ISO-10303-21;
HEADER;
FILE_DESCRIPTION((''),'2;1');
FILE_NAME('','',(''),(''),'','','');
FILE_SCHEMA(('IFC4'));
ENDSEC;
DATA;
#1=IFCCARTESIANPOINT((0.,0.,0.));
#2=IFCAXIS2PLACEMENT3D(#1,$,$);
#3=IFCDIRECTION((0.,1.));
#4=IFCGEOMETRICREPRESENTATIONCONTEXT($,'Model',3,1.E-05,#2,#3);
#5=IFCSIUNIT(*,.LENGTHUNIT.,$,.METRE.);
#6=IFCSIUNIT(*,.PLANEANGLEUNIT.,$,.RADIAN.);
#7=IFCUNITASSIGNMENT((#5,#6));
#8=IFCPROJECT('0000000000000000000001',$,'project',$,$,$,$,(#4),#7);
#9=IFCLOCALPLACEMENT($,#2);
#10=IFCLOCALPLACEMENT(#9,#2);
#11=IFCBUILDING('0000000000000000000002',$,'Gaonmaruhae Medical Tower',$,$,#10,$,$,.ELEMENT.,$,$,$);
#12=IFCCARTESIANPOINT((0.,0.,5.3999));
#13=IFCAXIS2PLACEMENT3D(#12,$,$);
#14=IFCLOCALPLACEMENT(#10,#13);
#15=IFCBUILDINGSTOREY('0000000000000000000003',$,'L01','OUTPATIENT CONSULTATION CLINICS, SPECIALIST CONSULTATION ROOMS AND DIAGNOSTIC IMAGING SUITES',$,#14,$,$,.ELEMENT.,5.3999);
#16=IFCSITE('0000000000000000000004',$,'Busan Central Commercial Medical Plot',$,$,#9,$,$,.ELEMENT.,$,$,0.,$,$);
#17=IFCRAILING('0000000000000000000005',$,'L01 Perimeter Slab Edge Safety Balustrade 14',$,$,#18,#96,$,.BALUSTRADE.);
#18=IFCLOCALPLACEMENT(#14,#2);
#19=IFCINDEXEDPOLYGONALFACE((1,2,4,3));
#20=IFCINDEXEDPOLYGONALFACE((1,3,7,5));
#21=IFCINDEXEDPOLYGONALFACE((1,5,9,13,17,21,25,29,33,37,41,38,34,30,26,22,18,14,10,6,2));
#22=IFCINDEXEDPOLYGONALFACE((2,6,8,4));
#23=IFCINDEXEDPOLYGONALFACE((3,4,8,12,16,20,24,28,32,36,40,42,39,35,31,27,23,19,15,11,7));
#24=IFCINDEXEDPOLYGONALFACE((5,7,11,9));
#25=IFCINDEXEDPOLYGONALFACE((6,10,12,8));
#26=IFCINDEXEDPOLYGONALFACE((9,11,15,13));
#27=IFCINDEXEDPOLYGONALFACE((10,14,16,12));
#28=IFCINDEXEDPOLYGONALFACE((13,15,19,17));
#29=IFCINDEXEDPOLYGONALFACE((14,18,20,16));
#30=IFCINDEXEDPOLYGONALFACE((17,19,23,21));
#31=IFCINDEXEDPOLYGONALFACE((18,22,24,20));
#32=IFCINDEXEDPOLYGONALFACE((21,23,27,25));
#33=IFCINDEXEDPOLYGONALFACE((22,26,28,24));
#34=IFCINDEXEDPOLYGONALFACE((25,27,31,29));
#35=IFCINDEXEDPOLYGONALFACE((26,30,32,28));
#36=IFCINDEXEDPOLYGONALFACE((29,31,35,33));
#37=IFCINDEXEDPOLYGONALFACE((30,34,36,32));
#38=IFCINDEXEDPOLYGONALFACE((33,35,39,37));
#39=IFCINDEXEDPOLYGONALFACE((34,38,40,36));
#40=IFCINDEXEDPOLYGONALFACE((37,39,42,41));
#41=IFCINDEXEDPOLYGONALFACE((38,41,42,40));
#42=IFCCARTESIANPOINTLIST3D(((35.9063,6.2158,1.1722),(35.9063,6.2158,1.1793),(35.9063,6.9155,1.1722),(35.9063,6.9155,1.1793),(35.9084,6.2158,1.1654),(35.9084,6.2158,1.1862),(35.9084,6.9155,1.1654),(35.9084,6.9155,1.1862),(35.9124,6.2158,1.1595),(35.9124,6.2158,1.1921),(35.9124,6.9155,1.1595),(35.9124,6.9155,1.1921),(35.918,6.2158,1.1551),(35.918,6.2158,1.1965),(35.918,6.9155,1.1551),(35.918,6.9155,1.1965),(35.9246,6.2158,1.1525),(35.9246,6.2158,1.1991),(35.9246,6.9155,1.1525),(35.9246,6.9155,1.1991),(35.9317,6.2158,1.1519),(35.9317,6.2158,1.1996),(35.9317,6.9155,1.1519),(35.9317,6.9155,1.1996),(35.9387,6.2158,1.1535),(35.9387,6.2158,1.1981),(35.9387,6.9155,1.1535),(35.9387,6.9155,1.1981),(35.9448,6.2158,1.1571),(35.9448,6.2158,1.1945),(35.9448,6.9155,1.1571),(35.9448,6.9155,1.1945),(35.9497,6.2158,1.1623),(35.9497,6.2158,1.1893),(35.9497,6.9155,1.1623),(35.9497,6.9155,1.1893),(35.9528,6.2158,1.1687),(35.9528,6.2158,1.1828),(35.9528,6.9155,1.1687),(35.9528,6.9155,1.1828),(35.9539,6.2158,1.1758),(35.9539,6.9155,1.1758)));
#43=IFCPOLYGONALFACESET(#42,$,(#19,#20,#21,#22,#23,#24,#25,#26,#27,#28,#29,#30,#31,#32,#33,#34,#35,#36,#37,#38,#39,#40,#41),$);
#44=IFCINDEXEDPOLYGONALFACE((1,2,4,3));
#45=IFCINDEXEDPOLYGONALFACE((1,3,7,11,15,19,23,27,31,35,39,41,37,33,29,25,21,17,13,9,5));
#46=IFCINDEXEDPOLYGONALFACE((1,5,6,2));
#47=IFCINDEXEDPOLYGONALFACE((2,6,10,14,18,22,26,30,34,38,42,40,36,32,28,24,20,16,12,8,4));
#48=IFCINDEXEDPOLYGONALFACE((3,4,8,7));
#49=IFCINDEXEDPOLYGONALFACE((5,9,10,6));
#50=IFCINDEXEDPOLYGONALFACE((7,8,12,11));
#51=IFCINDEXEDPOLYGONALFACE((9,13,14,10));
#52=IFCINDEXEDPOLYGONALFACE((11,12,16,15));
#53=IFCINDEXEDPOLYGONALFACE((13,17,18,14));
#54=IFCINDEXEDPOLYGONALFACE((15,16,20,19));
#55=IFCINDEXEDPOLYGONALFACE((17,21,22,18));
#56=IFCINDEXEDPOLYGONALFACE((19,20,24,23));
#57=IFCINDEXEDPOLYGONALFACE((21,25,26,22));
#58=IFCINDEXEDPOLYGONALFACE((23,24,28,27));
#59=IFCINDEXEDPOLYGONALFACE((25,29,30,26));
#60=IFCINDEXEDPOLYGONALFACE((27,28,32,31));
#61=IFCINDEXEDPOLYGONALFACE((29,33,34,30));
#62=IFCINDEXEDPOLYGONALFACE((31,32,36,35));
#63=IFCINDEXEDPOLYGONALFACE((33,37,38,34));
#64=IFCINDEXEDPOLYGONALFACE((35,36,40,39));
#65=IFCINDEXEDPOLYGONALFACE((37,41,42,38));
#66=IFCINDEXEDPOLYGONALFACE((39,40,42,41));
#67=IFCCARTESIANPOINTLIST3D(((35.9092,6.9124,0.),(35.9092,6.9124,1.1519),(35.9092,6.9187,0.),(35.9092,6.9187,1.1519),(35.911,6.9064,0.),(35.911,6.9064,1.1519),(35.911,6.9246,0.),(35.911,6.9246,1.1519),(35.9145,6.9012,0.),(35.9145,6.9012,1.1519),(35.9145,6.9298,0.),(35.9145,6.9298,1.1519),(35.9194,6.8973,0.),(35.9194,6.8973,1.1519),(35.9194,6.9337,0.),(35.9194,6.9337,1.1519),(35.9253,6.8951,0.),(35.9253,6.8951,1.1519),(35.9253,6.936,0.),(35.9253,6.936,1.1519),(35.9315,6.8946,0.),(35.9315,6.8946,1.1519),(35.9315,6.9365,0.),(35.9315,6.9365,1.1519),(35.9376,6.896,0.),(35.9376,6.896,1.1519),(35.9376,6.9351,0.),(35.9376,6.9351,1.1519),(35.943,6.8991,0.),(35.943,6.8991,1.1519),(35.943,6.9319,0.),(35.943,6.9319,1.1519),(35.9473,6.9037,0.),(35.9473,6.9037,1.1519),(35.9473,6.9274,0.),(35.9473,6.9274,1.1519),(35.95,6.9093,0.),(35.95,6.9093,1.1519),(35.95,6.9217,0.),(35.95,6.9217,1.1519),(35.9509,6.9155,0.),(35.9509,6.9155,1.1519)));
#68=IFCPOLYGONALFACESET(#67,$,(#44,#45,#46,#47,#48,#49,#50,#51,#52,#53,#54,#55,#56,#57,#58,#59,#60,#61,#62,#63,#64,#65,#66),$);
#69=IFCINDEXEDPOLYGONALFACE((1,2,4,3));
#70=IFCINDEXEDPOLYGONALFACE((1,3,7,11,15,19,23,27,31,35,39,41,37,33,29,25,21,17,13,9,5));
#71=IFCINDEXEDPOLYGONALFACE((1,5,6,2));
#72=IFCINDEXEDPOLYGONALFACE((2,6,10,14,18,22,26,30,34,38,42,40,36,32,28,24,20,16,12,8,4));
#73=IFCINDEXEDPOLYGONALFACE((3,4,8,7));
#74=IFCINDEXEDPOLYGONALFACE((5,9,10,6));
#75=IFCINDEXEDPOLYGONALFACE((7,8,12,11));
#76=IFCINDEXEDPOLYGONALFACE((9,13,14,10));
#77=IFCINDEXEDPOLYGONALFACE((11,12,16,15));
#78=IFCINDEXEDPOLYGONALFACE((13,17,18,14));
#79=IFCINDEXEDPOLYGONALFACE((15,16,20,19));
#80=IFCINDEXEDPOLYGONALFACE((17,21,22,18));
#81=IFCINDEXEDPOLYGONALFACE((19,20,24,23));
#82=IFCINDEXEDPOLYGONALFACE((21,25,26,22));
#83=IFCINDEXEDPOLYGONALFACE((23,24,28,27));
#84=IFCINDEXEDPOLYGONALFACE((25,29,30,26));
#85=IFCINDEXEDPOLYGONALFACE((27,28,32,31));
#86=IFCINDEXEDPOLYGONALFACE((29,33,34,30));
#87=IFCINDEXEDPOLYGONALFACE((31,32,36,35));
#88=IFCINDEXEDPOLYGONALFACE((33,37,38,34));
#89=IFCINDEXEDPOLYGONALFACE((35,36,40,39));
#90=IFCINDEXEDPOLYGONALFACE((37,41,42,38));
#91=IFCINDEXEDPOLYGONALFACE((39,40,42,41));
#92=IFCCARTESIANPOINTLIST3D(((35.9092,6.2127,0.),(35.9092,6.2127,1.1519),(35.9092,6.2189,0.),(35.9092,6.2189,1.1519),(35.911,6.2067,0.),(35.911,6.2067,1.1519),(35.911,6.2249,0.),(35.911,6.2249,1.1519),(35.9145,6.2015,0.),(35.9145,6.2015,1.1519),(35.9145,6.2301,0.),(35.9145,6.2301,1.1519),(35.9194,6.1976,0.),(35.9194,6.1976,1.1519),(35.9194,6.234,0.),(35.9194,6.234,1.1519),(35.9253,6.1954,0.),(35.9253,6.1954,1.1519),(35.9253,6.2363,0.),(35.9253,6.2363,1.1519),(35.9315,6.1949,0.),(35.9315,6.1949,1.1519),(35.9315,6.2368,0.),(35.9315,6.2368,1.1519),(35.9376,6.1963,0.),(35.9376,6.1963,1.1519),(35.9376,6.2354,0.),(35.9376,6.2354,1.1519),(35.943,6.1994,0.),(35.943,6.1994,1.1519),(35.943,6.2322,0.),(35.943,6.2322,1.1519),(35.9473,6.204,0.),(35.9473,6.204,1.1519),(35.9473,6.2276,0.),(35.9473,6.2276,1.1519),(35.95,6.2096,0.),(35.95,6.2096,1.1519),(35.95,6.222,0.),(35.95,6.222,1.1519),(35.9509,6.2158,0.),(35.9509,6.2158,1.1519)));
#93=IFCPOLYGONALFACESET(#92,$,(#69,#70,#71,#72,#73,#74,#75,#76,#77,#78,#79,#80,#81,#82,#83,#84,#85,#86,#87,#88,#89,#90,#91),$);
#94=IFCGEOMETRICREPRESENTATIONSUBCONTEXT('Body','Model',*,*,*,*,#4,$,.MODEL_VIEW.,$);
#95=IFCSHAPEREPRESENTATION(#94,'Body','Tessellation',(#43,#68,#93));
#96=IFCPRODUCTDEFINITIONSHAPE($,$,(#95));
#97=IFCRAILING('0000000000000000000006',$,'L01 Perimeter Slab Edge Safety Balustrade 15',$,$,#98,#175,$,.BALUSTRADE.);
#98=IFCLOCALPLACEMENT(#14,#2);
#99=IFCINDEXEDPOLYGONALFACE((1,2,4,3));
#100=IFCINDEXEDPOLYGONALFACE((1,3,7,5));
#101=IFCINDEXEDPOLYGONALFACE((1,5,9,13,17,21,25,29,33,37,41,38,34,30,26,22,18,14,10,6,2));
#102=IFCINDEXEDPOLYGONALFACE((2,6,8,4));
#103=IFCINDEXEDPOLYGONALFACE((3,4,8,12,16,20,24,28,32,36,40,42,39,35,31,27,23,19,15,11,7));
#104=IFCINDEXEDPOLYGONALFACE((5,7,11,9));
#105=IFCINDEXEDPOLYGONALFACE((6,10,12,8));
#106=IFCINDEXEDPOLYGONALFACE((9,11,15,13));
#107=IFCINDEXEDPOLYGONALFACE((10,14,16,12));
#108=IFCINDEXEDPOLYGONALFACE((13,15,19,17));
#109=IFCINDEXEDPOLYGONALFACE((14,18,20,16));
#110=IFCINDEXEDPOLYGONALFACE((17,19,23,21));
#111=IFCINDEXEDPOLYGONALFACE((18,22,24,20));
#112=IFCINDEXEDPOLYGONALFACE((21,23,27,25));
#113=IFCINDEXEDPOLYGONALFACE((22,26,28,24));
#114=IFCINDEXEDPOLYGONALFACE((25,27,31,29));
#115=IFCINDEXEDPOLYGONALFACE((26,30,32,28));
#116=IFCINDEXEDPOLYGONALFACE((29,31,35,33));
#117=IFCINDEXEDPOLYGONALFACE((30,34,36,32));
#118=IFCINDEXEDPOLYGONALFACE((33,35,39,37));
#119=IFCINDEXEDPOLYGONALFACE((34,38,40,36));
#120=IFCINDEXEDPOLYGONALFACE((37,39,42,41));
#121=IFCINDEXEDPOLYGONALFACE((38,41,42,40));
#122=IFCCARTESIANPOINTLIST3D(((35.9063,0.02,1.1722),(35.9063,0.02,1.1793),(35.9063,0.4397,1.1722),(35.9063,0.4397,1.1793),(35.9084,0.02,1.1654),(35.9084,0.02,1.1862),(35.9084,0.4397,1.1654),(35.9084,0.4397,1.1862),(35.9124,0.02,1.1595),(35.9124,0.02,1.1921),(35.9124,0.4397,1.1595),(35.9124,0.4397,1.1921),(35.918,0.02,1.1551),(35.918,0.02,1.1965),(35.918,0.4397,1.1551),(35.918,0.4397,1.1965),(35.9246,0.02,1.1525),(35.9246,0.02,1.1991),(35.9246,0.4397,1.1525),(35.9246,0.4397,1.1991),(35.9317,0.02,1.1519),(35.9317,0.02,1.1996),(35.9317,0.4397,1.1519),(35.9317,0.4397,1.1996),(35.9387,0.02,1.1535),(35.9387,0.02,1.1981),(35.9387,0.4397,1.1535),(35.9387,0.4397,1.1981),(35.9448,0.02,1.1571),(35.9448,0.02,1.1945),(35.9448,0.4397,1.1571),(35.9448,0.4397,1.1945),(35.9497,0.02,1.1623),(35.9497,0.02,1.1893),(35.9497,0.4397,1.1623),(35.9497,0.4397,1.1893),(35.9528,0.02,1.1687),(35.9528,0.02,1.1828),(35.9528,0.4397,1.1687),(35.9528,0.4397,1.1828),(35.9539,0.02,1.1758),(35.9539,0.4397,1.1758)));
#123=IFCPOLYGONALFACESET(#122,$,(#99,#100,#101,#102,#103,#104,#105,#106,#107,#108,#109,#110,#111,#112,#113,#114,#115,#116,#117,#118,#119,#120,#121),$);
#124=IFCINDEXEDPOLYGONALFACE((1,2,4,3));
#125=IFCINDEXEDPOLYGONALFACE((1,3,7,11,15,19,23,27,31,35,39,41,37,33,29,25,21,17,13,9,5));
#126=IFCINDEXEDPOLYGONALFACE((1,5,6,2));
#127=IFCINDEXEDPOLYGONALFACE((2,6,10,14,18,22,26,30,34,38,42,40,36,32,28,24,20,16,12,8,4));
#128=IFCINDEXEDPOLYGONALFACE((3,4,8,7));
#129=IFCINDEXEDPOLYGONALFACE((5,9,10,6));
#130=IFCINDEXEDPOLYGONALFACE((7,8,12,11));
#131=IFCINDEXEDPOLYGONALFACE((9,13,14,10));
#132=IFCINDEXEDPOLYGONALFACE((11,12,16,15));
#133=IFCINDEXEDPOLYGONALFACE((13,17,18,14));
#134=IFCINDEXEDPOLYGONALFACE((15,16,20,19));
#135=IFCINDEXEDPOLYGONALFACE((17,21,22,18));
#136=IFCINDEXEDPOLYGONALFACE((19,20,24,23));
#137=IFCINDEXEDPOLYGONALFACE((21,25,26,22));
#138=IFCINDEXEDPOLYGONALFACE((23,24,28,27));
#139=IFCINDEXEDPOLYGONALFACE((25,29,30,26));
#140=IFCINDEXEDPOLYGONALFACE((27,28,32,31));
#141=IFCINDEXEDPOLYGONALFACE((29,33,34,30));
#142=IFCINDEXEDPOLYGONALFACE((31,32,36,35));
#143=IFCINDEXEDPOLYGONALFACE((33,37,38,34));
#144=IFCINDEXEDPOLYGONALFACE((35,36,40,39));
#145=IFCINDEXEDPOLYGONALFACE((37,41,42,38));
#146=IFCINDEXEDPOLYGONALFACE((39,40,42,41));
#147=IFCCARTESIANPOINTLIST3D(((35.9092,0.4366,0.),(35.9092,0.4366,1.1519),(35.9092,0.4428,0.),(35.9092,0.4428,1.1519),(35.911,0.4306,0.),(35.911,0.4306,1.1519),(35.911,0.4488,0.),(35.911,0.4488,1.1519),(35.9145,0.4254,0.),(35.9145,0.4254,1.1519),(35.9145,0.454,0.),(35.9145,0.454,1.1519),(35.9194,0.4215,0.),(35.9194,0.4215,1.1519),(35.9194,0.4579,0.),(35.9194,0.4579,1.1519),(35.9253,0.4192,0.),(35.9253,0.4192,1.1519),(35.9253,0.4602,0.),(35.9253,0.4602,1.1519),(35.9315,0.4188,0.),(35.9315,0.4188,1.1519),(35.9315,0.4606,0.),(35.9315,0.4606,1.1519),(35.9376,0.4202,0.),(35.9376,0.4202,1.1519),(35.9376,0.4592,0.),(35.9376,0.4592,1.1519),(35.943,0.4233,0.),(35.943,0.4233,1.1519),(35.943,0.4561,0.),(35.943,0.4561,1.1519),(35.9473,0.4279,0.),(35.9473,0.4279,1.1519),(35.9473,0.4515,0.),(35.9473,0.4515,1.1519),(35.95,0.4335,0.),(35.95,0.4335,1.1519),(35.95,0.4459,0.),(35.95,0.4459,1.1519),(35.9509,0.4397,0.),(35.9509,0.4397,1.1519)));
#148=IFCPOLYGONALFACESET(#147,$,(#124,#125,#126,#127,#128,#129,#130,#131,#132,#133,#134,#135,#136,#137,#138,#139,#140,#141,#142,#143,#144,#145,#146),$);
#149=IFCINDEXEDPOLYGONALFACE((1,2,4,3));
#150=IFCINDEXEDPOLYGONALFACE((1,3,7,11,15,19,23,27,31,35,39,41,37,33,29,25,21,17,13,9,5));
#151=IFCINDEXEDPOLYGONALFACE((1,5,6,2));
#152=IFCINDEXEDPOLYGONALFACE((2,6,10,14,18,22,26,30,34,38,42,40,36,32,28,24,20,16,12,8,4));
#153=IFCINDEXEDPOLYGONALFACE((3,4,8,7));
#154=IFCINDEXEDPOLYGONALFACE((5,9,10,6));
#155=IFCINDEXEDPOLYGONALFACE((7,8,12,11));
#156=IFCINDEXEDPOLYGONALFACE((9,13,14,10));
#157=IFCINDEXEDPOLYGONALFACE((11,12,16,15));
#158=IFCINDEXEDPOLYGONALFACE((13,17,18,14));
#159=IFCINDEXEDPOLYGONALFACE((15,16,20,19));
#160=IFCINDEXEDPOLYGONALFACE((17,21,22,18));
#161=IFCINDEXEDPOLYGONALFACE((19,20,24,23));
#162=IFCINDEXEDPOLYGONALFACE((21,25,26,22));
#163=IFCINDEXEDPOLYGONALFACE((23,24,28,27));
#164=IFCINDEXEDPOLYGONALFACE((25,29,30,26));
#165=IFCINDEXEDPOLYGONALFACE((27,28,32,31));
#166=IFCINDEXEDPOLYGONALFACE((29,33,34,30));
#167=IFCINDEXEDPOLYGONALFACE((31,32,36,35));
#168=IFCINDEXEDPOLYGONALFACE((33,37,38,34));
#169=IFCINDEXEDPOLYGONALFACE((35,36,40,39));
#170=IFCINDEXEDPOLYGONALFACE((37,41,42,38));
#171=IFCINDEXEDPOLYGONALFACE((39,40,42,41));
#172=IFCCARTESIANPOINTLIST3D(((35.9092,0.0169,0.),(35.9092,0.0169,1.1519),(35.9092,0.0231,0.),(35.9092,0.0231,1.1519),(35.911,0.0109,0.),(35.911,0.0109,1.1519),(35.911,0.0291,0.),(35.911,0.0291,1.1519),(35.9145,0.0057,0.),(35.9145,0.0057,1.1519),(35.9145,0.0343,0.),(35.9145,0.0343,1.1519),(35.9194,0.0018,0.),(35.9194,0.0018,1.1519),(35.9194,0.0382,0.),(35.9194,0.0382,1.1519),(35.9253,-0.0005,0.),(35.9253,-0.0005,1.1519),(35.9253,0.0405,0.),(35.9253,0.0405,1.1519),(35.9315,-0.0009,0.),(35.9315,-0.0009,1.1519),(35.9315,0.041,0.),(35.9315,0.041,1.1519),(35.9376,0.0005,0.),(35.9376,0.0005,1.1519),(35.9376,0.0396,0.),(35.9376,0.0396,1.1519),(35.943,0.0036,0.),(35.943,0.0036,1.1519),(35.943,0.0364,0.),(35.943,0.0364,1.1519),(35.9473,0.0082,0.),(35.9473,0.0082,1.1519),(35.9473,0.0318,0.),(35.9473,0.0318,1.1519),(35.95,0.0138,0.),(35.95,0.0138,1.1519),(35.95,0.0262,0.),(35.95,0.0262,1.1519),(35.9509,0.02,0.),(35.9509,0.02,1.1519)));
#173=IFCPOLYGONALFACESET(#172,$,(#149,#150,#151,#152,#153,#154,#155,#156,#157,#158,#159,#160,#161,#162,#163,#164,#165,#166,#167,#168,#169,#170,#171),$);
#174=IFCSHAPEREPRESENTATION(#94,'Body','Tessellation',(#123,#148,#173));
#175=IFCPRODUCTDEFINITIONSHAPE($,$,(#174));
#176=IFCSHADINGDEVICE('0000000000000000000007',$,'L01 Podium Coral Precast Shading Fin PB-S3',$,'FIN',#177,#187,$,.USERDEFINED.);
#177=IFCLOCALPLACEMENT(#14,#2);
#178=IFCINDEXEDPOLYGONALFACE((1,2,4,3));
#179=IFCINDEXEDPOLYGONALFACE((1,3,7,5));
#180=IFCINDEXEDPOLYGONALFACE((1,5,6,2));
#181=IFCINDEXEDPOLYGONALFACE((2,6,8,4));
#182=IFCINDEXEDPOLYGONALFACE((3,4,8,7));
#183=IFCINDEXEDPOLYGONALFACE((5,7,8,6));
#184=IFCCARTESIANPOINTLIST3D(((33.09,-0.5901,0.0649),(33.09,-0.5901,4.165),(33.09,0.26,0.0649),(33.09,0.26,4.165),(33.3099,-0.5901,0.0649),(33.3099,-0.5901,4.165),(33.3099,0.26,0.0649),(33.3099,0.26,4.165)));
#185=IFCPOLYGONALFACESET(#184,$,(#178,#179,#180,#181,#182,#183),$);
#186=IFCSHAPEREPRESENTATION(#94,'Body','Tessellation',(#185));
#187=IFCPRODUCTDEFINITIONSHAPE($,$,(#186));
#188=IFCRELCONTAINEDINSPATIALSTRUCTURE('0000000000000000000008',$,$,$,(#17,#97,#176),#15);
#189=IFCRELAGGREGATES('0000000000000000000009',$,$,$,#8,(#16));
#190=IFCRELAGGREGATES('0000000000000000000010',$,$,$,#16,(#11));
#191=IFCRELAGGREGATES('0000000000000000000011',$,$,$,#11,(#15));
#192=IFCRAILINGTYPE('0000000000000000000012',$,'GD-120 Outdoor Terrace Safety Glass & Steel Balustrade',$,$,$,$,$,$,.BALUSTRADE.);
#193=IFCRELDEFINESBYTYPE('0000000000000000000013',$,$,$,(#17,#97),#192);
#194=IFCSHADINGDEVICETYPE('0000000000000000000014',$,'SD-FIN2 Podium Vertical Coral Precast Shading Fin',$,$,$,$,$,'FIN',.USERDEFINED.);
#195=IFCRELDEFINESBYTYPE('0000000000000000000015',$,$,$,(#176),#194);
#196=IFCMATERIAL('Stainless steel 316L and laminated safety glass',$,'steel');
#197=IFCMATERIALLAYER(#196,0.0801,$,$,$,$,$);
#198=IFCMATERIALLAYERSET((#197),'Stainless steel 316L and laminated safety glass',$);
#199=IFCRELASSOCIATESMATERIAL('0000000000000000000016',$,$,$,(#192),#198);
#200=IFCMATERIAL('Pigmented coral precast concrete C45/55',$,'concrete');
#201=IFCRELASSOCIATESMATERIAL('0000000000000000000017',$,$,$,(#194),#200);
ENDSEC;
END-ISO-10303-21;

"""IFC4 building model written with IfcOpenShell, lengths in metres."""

from ifc_helpers import new_model, si_unit, direction, frame, origin, origin_2d, place, context, subcontext, project, spatial, rectangle, circle, extrude, material, layer, layer_set, type_object, element, save


model = new_model("IFC4")

# Units and contexts
model_context = context("Model", 3, precision=1e-05, world=origin(), true_north=direction((0.0, 1.0)))
body_context = subcontext(model_context, "Body", "Model", "MODEL_VIEW")
ifc_project = project(units=[si_unit("LENGTHUNIT", "METRE"), si_unit("PLANEANGLEUNIT", "RADIAN")], contexts=[model_context])

# Site, building, storey
site_placement = place(None, origin())
site = spatial("IfcSite", under=ifc_project, at=site_placement, Name="Busan Central Commercial Medical Plot", CompositionType="ELEMENT", RefElevation=0.0)
building_placement = place(site_placement, origin())
building = spatial("IfcBuilding", under=site, at=building_placement, Name="Gaonmaruhae Medical Tower", CompositionType="ELEMENT")
storey_placement = place(building_placement, frame((0.0, 0.0, 5.3999)))
storey = spatial("IfcBuildingStorey", under=building, at=storey_placement, Name="L01", Description="OUTPATIENT CONSULTATION CLINICS, SPECIALIST CONSULTATION ROOMS AND DIAGNOSTIC IMAGING SUITES", CompositionType="ELEMENT", Elevation=5.3999)

# Railings
ifc_material_1 = material(Name="Stainless steel 316L and laminated safety glass", Category="steel")
ifc_layer_1 = layer(ifc_material_1, 0.0801)
ifc_layer_set_1 = layer_set([ifc_layer_1], Name="Stainless steel 316L and laminated safety glass")
railing_type_1 = type_object("IfcRailingType", Name="GD-120 Outdoor Terrace Safety Glass & Steel Balustrade", PredefinedType="BALUSTRADE", material=ifc_layer_set_1)
railing_1_placement = place(storey_placement, frame((35.9299, 6.9155, 0.0)))
element("IfcRailing", 1, at=railing_1_placement, inside=storey, type_object=railing_type_1, Name="L01 Perimeter Slab Edge Safety Balustrade 14", PredefinedType="BALUSTRADE", context=body_context, shape_type="SweptSolid", body=[
    extrude(circle(Radius=0.0239, at=origin_2d()), frame((0.0, 0.0, 1.1758), z_axis=(0.0, -1.0, 0.0), x_axis=(1.0, 0.0, 0.0)), (0.0, 0.0, 1.0), 0.6997),
    extrude(circle(Radius=0.021, at=origin_2d()), origin(), (0.0, 0.0, 1.0), 1.1519),
    extrude(circle(Radius=0.021, at=origin_2d()), frame((0.0, -0.6997, 0.0)), (0.0, 0.0, 1.0), 1.1519),
])
railing_2_placement = place(storey_placement, frame((35.9299, 0.4397, 0.0)))
element("IfcRailing", 2, at=railing_2_placement, inside=storey, type_object=railing_type_1, Name="L01 Perimeter Slab Edge Safety Balustrade 15", PredefinedType="BALUSTRADE", context=body_context, shape_type="SweptSolid", body=[
    extrude(circle(Radius=0.0239, at=origin_2d()), frame((0.0, 0.0, 1.1758), z_axis=(0.0, -1.0, 0.0), x_axis=(1.0, 0.0, 0.0)), (0.0, 0.0, 1.0), 0.4197),
    extrude(circle(Radius=0.021, at=origin_2d()), origin(), (0.0, 0.0, 1.0), 1.1519),
    extrude(circle(Radius=0.021, at=origin_2d()), frame((0.0, -0.4197, 0.0)), (0.0, 0.0, 1.0), 1.1519),
])

# Shading device
ifc_material_2 = material(Name="Pigmented coral precast concrete C45/55", Category="concrete")
shading_device_type = type_object("IfcShadingDeviceType", Name="SD-FIN2 Podium Vertical Coral Precast Shading Fin", ElementType="FIN", PredefinedType="USERDEFINED", material=ifc_material_2)
shading_device_placement = place(storey_placement, frame((33.2, -0.165, 0.0649), z_axis=(0.0, 0.0, 1.0), x_axis=(-1.0, 0.0, 0.0)))
element("IfcShadingDevice", 3, at=shading_device_placement, inside=storey, type_object=shading_device_type, Name="L01 Podium Coral Precast Shading Fin PB-S3", ObjectType="FIN", PredefinedType="USERDEFINED", context=body_context, shape_type="SweptSolid", body=[
    extrude(rectangle(XDim=0.22, YDim=0.8501, at=origin_2d()), origin(), (0.0, 0.0, 1.0), 4.1001),
])

save(model, "model.ifc")
